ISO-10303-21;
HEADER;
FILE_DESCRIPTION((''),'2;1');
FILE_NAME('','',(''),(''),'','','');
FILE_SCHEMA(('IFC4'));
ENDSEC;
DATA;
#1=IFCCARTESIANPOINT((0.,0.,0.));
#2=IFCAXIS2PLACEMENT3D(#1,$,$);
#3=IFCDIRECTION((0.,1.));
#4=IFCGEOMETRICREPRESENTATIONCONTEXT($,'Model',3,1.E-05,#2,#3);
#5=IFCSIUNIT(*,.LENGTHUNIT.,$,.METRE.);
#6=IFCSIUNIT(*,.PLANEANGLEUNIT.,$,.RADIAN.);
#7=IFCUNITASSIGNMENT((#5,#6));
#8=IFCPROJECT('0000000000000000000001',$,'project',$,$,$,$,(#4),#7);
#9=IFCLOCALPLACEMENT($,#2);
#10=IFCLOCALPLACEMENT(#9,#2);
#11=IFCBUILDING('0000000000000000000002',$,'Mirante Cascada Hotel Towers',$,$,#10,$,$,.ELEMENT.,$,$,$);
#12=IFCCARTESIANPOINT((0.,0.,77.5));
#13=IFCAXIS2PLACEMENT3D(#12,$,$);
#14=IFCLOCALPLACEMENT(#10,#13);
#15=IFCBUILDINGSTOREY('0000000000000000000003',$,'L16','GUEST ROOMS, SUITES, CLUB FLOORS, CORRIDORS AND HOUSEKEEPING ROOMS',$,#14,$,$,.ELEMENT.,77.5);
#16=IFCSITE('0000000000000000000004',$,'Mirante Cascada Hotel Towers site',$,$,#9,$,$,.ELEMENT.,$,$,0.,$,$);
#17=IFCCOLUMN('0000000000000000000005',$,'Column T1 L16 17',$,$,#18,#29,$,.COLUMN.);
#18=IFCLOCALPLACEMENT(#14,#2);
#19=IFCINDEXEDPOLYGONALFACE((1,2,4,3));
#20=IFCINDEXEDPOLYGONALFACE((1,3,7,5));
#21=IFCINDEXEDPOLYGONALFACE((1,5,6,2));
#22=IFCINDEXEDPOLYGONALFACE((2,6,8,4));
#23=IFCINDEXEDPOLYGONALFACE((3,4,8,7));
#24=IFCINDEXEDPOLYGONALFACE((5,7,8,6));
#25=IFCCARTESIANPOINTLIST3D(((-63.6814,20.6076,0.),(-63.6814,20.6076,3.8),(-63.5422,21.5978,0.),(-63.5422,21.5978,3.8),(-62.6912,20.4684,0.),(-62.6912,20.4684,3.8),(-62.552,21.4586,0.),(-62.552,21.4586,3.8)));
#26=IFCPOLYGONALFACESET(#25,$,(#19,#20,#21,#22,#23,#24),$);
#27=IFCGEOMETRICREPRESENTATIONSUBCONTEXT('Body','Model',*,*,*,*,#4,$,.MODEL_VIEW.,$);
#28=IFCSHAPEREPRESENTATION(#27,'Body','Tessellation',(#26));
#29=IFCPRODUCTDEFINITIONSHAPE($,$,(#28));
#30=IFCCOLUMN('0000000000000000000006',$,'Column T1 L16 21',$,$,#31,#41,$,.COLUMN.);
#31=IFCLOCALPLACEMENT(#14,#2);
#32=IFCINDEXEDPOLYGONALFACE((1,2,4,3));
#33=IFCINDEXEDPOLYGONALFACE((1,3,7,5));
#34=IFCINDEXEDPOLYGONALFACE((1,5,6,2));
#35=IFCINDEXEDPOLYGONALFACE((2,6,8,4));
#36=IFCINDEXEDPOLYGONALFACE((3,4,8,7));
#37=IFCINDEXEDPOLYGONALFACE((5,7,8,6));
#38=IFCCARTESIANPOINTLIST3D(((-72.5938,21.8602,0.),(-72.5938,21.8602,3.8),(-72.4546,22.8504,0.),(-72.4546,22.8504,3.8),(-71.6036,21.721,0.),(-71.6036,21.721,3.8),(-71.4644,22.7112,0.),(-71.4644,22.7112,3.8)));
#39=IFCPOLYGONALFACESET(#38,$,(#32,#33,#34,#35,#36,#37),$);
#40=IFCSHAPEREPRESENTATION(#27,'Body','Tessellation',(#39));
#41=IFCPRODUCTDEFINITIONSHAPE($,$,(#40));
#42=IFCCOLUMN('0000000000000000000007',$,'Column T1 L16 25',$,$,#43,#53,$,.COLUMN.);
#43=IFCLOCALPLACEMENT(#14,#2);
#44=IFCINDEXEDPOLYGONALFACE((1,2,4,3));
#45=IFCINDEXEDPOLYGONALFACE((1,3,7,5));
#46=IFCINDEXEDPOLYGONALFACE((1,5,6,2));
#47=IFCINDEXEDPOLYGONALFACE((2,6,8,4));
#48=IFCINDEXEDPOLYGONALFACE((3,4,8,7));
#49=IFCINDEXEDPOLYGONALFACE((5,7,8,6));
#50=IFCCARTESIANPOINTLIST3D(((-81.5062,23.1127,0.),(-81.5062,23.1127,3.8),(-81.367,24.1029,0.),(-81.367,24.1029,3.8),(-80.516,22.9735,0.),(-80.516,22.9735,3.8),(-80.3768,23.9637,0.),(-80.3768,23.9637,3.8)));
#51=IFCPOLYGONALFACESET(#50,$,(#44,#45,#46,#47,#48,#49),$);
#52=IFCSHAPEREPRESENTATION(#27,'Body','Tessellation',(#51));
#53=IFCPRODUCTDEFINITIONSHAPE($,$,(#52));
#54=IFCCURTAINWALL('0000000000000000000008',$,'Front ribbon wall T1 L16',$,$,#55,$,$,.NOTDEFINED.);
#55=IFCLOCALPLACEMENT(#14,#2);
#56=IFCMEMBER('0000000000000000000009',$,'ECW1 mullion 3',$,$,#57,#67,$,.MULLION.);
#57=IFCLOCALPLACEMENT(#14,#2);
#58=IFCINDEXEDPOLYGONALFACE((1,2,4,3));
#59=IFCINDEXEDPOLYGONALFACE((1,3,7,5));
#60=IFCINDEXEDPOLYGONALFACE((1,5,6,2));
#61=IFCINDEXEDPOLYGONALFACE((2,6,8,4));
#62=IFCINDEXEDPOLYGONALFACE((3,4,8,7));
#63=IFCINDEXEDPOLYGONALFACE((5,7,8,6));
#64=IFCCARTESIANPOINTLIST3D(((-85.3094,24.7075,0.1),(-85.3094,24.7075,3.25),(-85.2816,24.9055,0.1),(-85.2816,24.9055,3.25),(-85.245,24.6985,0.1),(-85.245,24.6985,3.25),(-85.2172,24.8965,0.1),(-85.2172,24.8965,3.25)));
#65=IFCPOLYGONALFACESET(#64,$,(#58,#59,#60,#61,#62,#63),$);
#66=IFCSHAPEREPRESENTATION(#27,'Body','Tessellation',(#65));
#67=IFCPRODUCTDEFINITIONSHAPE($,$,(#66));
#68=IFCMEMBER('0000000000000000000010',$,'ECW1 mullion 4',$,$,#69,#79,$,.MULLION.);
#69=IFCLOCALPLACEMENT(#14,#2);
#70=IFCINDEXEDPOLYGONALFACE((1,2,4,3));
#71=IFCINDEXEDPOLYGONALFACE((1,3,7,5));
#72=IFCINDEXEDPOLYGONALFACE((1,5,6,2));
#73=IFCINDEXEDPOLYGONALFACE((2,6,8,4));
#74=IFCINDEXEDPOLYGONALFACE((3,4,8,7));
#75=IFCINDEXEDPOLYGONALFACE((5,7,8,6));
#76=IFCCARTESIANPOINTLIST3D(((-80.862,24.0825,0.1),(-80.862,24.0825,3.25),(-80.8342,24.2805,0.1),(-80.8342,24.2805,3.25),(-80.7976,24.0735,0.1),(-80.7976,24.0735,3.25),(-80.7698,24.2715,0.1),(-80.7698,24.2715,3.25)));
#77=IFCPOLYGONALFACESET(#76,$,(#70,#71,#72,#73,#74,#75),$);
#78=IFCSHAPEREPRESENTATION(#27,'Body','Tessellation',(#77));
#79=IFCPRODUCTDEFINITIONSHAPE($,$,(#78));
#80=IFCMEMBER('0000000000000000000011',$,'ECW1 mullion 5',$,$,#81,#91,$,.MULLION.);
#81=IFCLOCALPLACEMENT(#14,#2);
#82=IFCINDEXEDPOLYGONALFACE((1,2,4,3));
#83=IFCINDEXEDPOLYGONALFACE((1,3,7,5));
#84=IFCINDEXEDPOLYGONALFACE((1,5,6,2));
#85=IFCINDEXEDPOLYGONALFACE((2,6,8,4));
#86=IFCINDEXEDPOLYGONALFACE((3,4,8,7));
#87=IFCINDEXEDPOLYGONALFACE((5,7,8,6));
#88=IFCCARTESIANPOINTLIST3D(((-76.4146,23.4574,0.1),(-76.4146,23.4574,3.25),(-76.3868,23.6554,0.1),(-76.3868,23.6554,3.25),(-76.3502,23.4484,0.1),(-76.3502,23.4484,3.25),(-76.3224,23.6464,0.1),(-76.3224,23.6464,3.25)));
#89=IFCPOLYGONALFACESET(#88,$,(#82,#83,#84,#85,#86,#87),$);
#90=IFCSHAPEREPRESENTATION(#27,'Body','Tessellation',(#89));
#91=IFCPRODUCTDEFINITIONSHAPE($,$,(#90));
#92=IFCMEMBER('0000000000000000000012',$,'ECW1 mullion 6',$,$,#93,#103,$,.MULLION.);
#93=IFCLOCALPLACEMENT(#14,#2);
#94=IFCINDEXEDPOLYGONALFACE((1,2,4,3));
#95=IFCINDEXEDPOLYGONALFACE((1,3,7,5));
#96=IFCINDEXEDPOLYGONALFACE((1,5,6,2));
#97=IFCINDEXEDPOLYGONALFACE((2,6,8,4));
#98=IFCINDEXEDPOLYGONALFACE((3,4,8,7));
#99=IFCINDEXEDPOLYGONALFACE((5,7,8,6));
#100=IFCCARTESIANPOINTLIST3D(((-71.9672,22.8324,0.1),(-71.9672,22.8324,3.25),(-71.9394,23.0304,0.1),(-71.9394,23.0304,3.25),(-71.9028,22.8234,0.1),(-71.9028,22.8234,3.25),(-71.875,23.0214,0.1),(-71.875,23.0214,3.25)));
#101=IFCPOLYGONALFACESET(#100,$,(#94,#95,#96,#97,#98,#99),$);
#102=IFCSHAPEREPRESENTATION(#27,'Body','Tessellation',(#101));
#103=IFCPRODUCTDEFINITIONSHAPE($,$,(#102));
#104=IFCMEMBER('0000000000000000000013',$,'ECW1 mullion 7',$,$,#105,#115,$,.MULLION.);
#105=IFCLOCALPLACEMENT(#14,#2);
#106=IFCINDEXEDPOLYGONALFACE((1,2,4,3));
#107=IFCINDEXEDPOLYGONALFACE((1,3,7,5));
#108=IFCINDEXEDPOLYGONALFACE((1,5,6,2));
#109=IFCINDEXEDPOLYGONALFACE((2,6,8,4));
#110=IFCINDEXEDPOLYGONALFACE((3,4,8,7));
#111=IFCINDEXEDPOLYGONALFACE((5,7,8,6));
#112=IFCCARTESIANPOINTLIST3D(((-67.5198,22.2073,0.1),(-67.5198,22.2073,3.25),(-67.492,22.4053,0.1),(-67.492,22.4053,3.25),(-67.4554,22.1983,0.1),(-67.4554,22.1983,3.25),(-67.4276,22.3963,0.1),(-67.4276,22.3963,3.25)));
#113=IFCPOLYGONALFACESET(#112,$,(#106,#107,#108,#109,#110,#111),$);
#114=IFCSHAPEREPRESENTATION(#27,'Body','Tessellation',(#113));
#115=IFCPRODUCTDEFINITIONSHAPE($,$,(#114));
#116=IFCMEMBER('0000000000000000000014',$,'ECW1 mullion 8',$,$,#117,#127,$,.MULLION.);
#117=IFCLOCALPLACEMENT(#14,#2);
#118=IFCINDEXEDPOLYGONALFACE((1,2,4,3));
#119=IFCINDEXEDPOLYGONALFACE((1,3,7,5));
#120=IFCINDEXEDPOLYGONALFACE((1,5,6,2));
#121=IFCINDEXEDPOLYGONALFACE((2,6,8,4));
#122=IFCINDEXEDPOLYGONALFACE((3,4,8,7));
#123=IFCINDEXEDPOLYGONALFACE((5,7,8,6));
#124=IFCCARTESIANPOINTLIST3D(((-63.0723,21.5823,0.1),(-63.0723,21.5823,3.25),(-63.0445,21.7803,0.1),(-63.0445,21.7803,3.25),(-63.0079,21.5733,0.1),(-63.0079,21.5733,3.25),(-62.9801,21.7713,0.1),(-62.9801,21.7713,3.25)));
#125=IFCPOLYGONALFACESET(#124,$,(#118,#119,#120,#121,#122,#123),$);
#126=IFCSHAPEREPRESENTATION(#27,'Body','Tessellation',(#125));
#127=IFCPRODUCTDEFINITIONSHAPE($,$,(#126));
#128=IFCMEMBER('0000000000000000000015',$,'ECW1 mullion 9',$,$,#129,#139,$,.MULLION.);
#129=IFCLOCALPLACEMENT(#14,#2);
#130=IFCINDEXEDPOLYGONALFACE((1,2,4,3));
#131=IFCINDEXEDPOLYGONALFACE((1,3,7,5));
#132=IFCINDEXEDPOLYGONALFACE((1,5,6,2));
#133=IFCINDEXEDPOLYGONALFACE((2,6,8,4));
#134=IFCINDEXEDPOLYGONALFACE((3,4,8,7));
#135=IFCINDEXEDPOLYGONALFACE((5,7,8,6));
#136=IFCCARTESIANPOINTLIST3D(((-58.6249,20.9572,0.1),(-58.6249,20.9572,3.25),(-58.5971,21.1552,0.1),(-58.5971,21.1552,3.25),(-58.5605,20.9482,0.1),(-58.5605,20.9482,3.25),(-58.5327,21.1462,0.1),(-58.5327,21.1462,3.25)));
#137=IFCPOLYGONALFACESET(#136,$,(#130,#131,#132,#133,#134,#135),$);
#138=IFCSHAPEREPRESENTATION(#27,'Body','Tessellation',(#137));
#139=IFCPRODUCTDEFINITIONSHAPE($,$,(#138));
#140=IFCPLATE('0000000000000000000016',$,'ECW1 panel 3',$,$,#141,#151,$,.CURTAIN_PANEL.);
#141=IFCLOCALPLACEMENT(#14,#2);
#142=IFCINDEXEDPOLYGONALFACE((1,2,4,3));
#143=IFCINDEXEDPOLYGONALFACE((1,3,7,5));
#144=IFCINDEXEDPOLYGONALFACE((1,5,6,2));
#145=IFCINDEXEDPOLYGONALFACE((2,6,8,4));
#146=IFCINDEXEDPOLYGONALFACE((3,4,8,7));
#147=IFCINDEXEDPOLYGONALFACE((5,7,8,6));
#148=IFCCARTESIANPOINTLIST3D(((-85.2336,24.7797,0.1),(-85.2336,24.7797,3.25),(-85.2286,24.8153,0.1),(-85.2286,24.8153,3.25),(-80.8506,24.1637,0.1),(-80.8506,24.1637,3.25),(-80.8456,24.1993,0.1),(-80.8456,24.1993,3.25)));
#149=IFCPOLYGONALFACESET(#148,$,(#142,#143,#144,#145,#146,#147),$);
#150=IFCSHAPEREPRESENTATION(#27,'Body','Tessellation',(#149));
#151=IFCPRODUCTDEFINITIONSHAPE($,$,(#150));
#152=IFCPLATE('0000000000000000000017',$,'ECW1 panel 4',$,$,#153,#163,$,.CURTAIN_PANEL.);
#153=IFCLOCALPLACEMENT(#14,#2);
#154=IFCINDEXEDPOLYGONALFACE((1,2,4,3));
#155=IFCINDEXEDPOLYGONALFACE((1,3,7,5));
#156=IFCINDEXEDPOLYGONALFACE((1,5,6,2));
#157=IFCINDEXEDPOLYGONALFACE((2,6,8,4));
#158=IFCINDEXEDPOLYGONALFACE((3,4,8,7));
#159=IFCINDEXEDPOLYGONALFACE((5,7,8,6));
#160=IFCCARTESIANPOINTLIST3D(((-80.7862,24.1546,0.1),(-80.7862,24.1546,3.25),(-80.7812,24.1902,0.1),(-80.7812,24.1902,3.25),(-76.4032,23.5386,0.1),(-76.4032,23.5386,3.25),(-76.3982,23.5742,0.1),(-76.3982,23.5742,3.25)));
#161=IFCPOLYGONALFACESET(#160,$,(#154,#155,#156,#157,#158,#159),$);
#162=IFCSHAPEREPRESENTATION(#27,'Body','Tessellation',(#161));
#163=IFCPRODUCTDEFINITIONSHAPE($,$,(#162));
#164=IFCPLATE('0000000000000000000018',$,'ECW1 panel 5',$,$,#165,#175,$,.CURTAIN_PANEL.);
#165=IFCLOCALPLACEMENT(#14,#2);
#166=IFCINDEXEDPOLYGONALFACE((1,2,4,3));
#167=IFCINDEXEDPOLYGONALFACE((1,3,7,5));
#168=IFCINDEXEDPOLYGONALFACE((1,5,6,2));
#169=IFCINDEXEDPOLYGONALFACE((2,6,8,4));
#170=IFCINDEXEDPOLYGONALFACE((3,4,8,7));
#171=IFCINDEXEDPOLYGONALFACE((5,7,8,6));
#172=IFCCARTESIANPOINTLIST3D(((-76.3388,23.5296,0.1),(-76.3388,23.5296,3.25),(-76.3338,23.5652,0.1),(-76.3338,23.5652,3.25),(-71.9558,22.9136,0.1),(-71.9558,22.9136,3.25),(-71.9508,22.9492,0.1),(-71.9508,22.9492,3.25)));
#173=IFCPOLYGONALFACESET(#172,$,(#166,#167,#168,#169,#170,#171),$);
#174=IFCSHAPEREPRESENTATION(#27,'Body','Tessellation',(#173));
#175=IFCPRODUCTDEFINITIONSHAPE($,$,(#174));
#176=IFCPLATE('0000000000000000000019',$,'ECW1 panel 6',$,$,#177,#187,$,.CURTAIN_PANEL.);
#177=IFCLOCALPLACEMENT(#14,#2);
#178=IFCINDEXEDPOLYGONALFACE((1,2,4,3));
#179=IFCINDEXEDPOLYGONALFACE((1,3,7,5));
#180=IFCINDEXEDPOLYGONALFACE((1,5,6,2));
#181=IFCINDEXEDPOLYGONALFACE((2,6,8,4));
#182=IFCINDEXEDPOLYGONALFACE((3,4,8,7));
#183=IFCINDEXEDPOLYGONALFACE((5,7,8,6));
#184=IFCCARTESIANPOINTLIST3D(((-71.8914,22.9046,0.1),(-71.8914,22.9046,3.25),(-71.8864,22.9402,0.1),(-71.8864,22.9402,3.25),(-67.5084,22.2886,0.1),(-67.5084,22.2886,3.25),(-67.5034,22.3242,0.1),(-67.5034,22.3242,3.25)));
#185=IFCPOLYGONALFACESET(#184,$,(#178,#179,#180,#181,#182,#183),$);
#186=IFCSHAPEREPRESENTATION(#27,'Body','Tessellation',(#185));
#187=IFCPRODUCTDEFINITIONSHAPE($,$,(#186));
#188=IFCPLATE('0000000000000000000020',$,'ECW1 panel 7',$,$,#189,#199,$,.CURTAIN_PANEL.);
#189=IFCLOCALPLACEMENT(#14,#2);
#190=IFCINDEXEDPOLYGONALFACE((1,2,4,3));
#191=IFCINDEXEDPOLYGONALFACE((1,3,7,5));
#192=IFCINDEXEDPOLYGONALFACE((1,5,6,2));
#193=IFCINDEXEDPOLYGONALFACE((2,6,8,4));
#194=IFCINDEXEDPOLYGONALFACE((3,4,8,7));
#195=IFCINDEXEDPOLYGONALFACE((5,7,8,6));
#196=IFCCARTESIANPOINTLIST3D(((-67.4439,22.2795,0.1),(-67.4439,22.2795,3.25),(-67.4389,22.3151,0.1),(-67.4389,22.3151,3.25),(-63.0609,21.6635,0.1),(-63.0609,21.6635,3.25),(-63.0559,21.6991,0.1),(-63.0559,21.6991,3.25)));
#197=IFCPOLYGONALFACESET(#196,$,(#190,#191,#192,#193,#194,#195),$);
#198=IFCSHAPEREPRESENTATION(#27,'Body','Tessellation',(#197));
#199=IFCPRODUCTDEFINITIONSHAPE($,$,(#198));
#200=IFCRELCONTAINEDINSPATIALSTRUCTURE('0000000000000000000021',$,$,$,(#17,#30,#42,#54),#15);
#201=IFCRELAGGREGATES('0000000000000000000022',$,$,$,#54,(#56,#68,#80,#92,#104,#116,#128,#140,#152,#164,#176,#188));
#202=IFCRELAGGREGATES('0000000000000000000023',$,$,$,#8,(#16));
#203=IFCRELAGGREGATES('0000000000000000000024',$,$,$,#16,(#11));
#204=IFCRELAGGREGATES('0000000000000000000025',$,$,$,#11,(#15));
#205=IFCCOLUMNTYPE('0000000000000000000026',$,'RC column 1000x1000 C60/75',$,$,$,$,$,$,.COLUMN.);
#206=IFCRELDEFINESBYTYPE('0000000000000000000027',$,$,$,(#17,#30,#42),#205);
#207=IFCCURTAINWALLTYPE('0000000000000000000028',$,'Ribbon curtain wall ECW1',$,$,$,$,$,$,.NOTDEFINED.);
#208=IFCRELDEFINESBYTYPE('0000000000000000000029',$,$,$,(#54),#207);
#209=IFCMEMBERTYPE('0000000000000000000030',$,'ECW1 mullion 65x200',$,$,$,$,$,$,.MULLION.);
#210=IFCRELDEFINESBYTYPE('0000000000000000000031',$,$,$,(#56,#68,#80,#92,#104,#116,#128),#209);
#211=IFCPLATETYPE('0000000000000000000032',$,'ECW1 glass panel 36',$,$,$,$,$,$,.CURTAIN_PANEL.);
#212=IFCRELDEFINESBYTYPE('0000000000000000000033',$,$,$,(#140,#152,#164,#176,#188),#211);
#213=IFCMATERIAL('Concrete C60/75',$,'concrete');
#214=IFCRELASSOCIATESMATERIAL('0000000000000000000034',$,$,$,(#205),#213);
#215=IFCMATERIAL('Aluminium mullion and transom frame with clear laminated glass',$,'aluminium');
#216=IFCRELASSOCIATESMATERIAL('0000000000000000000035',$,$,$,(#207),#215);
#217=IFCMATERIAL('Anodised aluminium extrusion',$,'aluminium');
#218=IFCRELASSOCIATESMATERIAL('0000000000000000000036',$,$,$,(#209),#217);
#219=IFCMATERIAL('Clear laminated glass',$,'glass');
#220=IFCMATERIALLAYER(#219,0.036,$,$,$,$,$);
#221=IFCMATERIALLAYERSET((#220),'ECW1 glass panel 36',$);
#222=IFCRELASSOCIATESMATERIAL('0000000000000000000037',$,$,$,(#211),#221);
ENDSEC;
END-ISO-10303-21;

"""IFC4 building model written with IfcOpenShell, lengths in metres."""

from ifc_helpers import new_model, si_unit, direction, frame, origin, origin_2d, place, context, subcontext, project, spatial, rectangle, extrude, material, layer, layer_set, material_profile, profile_set, type_object, element, aggregate, save


model = new_model("IFC4")

# Units and contexts
model_context = context("Model", 3, precision=1e-05, world=origin(), true_north=direction((0.0, 1.0)))
body_context = subcontext(model_context, "Body", "Model", "MODEL_VIEW")
ifc_project = project(units=[si_unit("LENGTHUNIT", "METRE"), si_unit("PLANEANGLEUNIT", "RADIAN")], contexts=[model_context])

# Site, building, storey
site_placement = place(None, origin())
site = spatial("IfcSite", under=ifc_project, at=site_placement, Name="Mirante Cascada Hotel Towers site", CompositionType="ELEMENT", RefElevation=0.0)
building_placement = place(site_placement, origin())
building = spatial("IfcBuilding", under=site, at=building_placement, Name="Mirante Cascada Hotel Towers", CompositionType="ELEMENT")
storey_placement = place(building_placement, frame((0.0, 0.0, 77.5)))
storey = spatial("IfcBuildingStorey", under=building, at=storey_placement, Name="L16", Description="GUEST ROOMS, SUITES, CLUB FLOORS, CORRIDORS AND HOUSEKEEPING ROOMS", CompositionType="ELEMENT", Elevation=77.5)

# Columns
ifc_material_1 = material(Name="Concrete C60/75", Category="concrete")
ifc_material_profile_1 = material_profile(ifc_material_1, rectangle(XDim=1.0, YDim=1.0, at=origin_2d()), Name="RC column 1000x1000 C60/75")
ifc_profile_set_1 = profile_set([ifc_material_profile_1], Name="Concrete C60/75")
column_type = type_object("IfcColumnType", Name="RC column 1000x1000 C60/75", PredefinedType="COLUMN", material=ifc_profile_set_1)
for number, where, z_axis, x_axis, name in (
    (1, (-63.1167, 21.0331, 0.0), (0.0, 0.0, 1.0), (-0.990268, 0.139173, 0.0), "Column T1 L16 17"),
    (2, (-72.0291, 22.2857, 0.0), (0.0, 0.0, 1.0), (-0.990268, 0.139173, 0.0), "Column T1 L16 21"),
    (3, (-80.9415, 23.5382, 0.0), (0.0, 0.0, 1.0), (-0.990268, 0.139173, 0.0), "Column T1 L16 25"),
):
    element("IfcColumn", number, at=place(storey_placement, frame(where, z_axis=z_axis, x_axis=x_axis)), inside=storey, type_object=column_type, Name=name, PredefinedType="COLUMN", context=body_context, shape_type="SweptSolid", body=[
        extrude(rectangle(XDim=1.0, YDim=1.0, at=origin_2d()), origin(), (0.0, 0.0, 1.0), 3.8),
    ])

# Curtain wall, members, plates
ifc_material_2 = material(Name="Aluminium mullion and transom frame with clear laminated glass", Category="aluminium")
curtain_wall_type = type_object("IfcCurtainWallType", Name="Ribbon curtain wall ECW1", PredefinedType="NOTDEFINED", material=ifc_material_2)
curtain_wall_placement = place(storey_placement, origin())
curtain_wall = element("IfcCurtainWall", 4, at=curtain_wall_placement, inside=storey, type_object=curtain_wall_type, Name="Front ribbon wall T1 L16", PredefinedType="NOTDEFINED")
ifc_material_3 = material(Name="Anodised aluminium extrusion", Category="aluminium")
ifc_material_profile_2 = material_profile(ifc_material_3, rectangle(XDim=0.2, YDim=0.065, at=origin_2d()), Name="ECW1 MULLION 65x200")
ifc_profile_set_2 = profile_set([ifc_material_profile_2], Name="Anodised aluminium extrusion")
member_type = type_object("IfcMemberType", Name="ECW1 mullion 65x200", PredefinedType="MULLION", material=ifc_profile_set_2)
member_1_placement = place(storey_placement, frame((-85.2633, 24.802, 0.1), z_axis=(0.0, 0.0, 1.0), x_axis=(0.139173, 0.990268, 0.0)))
member_1 = element("IfcMember", 5, at=member_1_placement, type_object=member_type, Name="ECW1 mullion 3", PredefinedType="MULLION", context=body_context, shape_type="SweptSolid", body=[
    extrude(rectangle(XDim=0.2, YDim=0.065, at=origin_2d()), origin(), (0.0, 0.0, 1.0), 3.15),
])
member_2_placement = place(storey_placement, frame((-80.8159, 24.177, 0.1), z_axis=(0.0, 0.0, 1.0), x_axis=(0.139173, 0.990268, 0.0)))
member_2 = element("IfcMember", 6, at=member_2_placement, type_object=member_type, Name="ECW1 mullion 4", PredefinedType="MULLION", context=body_context, shape_type="SweptSolid", body=[
    extrude(rectangle(XDim=0.2, YDim=0.065, at=origin_2d()), origin(), (0.0, 0.0, 1.0), 3.15),
])
member_3_placement = place(storey_placement, frame((-76.3685, 23.5519, 0.1), z_axis=(0.0, 0.0, 1.0), x_axis=(0.139173, 0.990268, 0.0)))
member_3 = element("IfcMember", 7, at=member_3_placement, type_object=member_type, Name="ECW1 mullion 5", PredefinedType="MULLION", context=body_context, shape_type="SweptSolid", body=[
    extrude(rectangle(XDim=0.2, YDim=0.065, at=origin_2d()), origin(), (0.0, 0.0, 1.0), 3.15),
])
member_4_placement = place(storey_placement, frame((-71.9211, 22.9269, 0.1), z_axis=(0.0, 0.0, 1.0), x_axis=(0.139173, 0.990268, 0.0)))
member_4 = element("IfcMember", 8, at=member_4_placement, type_object=member_type, Name="ECW1 mullion 6", PredefinedType="MULLION", context=body_context, shape_type="SweptSolid", body=[
    extrude(rectangle(XDim=0.2, YDim=0.065, at=origin_2d()), origin(), (0.0, 0.0, 1.0), 3.15),
])
member_5_placement = place(storey_placement, frame((-67.4737, 22.3018, 0.1), z_axis=(0.0, 0.0, 1.0), x_axis=(0.139173, 0.990268, 0.0)))
member_5 = element("IfcMember", 9, at=member_5_placement, type_object=member_type, Name="ECW1 mullion 7", PredefinedType="MULLION", context=body_context, shape_type="SweptSolid", body=[
    extrude(rectangle(XDim=0.2, YDim=0.065, at=origin_2d()), origin(), (0.0, 0.0, 1.0), 3.15),
])
member_6_placement = place(storey_placement, frame((-63.0262, 21.6768, 0.1), z_axis=(0.0, 0.0, 1.0), x_axis=(0.139173, 0.990268, 0.0)))
member_6 = element("IfcMember", 10, at=member_6_placement, type_object=member_type, Name="ECW1 mullion 8", PredefinedType="MULLION", context=body_context, shape_type="SweptSolid", body=[
    extrude(rectangle(XDim=0.2, YDim=0.065, at=origin_2d()), origin(), (0.0, 0.0, 1.0), 3.15),
])
member_7_placement = place(storey_placement, frame((-58.5788, 21.0517, 0.1), z_axis=(0.0, 0.0, 1.0), x_axis=(0.139173, 0.990268, 0.0)))
member_7 = element("IfcMember", 11, at=member_7_placement, type_object=member_type, Name="ECW1 mullion 9", PredefinedType="MULLION", context=body_context, shape_type="SweptSolid", body=[
    extrude(rectangle(XDim=0.2, YDim=0.065, at=origin_2d()), origin(), (0.0, 0.0, 1.0), 3.15),
])
ifc_material_4 = material(Name="Clear laminated glass", Category="glass")
ifc_layer_1 = layer(ifc_material_4, 0.036)
ifc_layer_set_1 = layer_set([ifc_layer_1], Name="ECW1 glass panel 36")
plate_type = type_object("IfcPlateType", Name="ECW1 glass panel 36", PredefinedType="CURTAIN_PANEL", material=ifc_layer_set_1)
plate_1_placement = place(storey_placement, frame((-83.0396, 24.4895, 0.1), z_axis=(0.0, 0.0, 1.0), x_axis=(0.990268, -0.139173, 0.0)))
plate_1 = element("IfcPlate", 12, at=plate_1_placement, type_object=plate_type, Name="ECW1 panel 3", PredefinedType="CURTAIN_PANEL", context=body_context, shape_type="SweptSolid", body=[
    extrude(rectangle(XDim=4.4261, YDim=0.036, at=origin_2d()), origin(), (0.0, 0.0, 1.0), 3.15),
])
plate_2_placement = place(storey_placement, frame((-78.5922, 23.8644, 0.1), z_axis=(0.0, 0.0, 1.0), x_axis=(0.990268, -0.139173, 0.0)))
plate_2 = element("IfcPlate", 13, at=plate_2_placement, type_object=plate_type, Name="ECW1 panel 4", PredefinedType="CURTAIN_PANEL", context=body_context, shape_type="SweptSolid", body=[
    extrude(rectangle(XDim=4.4261, YDim=0.036, at=origin_2d()), origin(), (0.0, 0.0, 1.0), 3.15),
])
plate_3_placement = place(storey_placement, frame((-74.1448, 23.2394, 0.1), z_axis=(0.0, 0.0, 1.0), x_axis=(0.990268, -0.139173, 0.0)))
plate_3 = element("IfcPlate", 14, at=plate_3_placement, type_object=plate_type, Name="ECW1 panel 5", PredefinedType="CURTAIN_PANEL", context=body_context, shape_type="SweptSolid", body=[
    extrude(rectangle(XDim=4.4261, YDim=0.036, at=origin_2d()), origin(), (0.0, 0.0, 1.0), 3.15),
])
plate_4_placement = place(storey_placement, frame((-69.6974, 22.6144, 0.1), z_axis=(0.0, 0.0, 1.0), x_axis=(0.990268, -0.139173, 0.0)))
plate_4 = element("IfcPlate", 15, at=plate_4_placement, type_object=plate_type, Name="ECW1 panel 6", PredefinedType="CURTAIN_PANEL", context=body_context, shape_type="SweptSolid", body=[
    extrude(rectangle(XDim=4.4261, YDim=0.036, at=origin_2d()), origin(), (0.0, 0.0, 1.0), 3.15),
])
plate_5_placement = place(storey_placement, frame((-65.2499, 21.9893, 0.1), z_axis=(0.0, 0.0, 1.0), x_axis=(0.990268, -0.139173, 0.0)))
plate_5 = element("IfcPlate", 16, at=plate_5_placement, type_object=plate_type, Name="ECW1 panel 7", PredefinedType="CURTAIN_PANEL", context=body_context, shape_type="SweptSolid", body=[
    extrude(rectangle(XDim=4.4261, YDim=0.036, at=origin_2d()), origin(), (0.0, 0.0, 1.0), 3.15),
])
aggregate(curtain_wall, [member_1, member_2, member_3, member_4, member_5, member_6, member_7, plate_1, plate_2, plate_3, plate_4, plate_5])

save(model, "model.ifc")
